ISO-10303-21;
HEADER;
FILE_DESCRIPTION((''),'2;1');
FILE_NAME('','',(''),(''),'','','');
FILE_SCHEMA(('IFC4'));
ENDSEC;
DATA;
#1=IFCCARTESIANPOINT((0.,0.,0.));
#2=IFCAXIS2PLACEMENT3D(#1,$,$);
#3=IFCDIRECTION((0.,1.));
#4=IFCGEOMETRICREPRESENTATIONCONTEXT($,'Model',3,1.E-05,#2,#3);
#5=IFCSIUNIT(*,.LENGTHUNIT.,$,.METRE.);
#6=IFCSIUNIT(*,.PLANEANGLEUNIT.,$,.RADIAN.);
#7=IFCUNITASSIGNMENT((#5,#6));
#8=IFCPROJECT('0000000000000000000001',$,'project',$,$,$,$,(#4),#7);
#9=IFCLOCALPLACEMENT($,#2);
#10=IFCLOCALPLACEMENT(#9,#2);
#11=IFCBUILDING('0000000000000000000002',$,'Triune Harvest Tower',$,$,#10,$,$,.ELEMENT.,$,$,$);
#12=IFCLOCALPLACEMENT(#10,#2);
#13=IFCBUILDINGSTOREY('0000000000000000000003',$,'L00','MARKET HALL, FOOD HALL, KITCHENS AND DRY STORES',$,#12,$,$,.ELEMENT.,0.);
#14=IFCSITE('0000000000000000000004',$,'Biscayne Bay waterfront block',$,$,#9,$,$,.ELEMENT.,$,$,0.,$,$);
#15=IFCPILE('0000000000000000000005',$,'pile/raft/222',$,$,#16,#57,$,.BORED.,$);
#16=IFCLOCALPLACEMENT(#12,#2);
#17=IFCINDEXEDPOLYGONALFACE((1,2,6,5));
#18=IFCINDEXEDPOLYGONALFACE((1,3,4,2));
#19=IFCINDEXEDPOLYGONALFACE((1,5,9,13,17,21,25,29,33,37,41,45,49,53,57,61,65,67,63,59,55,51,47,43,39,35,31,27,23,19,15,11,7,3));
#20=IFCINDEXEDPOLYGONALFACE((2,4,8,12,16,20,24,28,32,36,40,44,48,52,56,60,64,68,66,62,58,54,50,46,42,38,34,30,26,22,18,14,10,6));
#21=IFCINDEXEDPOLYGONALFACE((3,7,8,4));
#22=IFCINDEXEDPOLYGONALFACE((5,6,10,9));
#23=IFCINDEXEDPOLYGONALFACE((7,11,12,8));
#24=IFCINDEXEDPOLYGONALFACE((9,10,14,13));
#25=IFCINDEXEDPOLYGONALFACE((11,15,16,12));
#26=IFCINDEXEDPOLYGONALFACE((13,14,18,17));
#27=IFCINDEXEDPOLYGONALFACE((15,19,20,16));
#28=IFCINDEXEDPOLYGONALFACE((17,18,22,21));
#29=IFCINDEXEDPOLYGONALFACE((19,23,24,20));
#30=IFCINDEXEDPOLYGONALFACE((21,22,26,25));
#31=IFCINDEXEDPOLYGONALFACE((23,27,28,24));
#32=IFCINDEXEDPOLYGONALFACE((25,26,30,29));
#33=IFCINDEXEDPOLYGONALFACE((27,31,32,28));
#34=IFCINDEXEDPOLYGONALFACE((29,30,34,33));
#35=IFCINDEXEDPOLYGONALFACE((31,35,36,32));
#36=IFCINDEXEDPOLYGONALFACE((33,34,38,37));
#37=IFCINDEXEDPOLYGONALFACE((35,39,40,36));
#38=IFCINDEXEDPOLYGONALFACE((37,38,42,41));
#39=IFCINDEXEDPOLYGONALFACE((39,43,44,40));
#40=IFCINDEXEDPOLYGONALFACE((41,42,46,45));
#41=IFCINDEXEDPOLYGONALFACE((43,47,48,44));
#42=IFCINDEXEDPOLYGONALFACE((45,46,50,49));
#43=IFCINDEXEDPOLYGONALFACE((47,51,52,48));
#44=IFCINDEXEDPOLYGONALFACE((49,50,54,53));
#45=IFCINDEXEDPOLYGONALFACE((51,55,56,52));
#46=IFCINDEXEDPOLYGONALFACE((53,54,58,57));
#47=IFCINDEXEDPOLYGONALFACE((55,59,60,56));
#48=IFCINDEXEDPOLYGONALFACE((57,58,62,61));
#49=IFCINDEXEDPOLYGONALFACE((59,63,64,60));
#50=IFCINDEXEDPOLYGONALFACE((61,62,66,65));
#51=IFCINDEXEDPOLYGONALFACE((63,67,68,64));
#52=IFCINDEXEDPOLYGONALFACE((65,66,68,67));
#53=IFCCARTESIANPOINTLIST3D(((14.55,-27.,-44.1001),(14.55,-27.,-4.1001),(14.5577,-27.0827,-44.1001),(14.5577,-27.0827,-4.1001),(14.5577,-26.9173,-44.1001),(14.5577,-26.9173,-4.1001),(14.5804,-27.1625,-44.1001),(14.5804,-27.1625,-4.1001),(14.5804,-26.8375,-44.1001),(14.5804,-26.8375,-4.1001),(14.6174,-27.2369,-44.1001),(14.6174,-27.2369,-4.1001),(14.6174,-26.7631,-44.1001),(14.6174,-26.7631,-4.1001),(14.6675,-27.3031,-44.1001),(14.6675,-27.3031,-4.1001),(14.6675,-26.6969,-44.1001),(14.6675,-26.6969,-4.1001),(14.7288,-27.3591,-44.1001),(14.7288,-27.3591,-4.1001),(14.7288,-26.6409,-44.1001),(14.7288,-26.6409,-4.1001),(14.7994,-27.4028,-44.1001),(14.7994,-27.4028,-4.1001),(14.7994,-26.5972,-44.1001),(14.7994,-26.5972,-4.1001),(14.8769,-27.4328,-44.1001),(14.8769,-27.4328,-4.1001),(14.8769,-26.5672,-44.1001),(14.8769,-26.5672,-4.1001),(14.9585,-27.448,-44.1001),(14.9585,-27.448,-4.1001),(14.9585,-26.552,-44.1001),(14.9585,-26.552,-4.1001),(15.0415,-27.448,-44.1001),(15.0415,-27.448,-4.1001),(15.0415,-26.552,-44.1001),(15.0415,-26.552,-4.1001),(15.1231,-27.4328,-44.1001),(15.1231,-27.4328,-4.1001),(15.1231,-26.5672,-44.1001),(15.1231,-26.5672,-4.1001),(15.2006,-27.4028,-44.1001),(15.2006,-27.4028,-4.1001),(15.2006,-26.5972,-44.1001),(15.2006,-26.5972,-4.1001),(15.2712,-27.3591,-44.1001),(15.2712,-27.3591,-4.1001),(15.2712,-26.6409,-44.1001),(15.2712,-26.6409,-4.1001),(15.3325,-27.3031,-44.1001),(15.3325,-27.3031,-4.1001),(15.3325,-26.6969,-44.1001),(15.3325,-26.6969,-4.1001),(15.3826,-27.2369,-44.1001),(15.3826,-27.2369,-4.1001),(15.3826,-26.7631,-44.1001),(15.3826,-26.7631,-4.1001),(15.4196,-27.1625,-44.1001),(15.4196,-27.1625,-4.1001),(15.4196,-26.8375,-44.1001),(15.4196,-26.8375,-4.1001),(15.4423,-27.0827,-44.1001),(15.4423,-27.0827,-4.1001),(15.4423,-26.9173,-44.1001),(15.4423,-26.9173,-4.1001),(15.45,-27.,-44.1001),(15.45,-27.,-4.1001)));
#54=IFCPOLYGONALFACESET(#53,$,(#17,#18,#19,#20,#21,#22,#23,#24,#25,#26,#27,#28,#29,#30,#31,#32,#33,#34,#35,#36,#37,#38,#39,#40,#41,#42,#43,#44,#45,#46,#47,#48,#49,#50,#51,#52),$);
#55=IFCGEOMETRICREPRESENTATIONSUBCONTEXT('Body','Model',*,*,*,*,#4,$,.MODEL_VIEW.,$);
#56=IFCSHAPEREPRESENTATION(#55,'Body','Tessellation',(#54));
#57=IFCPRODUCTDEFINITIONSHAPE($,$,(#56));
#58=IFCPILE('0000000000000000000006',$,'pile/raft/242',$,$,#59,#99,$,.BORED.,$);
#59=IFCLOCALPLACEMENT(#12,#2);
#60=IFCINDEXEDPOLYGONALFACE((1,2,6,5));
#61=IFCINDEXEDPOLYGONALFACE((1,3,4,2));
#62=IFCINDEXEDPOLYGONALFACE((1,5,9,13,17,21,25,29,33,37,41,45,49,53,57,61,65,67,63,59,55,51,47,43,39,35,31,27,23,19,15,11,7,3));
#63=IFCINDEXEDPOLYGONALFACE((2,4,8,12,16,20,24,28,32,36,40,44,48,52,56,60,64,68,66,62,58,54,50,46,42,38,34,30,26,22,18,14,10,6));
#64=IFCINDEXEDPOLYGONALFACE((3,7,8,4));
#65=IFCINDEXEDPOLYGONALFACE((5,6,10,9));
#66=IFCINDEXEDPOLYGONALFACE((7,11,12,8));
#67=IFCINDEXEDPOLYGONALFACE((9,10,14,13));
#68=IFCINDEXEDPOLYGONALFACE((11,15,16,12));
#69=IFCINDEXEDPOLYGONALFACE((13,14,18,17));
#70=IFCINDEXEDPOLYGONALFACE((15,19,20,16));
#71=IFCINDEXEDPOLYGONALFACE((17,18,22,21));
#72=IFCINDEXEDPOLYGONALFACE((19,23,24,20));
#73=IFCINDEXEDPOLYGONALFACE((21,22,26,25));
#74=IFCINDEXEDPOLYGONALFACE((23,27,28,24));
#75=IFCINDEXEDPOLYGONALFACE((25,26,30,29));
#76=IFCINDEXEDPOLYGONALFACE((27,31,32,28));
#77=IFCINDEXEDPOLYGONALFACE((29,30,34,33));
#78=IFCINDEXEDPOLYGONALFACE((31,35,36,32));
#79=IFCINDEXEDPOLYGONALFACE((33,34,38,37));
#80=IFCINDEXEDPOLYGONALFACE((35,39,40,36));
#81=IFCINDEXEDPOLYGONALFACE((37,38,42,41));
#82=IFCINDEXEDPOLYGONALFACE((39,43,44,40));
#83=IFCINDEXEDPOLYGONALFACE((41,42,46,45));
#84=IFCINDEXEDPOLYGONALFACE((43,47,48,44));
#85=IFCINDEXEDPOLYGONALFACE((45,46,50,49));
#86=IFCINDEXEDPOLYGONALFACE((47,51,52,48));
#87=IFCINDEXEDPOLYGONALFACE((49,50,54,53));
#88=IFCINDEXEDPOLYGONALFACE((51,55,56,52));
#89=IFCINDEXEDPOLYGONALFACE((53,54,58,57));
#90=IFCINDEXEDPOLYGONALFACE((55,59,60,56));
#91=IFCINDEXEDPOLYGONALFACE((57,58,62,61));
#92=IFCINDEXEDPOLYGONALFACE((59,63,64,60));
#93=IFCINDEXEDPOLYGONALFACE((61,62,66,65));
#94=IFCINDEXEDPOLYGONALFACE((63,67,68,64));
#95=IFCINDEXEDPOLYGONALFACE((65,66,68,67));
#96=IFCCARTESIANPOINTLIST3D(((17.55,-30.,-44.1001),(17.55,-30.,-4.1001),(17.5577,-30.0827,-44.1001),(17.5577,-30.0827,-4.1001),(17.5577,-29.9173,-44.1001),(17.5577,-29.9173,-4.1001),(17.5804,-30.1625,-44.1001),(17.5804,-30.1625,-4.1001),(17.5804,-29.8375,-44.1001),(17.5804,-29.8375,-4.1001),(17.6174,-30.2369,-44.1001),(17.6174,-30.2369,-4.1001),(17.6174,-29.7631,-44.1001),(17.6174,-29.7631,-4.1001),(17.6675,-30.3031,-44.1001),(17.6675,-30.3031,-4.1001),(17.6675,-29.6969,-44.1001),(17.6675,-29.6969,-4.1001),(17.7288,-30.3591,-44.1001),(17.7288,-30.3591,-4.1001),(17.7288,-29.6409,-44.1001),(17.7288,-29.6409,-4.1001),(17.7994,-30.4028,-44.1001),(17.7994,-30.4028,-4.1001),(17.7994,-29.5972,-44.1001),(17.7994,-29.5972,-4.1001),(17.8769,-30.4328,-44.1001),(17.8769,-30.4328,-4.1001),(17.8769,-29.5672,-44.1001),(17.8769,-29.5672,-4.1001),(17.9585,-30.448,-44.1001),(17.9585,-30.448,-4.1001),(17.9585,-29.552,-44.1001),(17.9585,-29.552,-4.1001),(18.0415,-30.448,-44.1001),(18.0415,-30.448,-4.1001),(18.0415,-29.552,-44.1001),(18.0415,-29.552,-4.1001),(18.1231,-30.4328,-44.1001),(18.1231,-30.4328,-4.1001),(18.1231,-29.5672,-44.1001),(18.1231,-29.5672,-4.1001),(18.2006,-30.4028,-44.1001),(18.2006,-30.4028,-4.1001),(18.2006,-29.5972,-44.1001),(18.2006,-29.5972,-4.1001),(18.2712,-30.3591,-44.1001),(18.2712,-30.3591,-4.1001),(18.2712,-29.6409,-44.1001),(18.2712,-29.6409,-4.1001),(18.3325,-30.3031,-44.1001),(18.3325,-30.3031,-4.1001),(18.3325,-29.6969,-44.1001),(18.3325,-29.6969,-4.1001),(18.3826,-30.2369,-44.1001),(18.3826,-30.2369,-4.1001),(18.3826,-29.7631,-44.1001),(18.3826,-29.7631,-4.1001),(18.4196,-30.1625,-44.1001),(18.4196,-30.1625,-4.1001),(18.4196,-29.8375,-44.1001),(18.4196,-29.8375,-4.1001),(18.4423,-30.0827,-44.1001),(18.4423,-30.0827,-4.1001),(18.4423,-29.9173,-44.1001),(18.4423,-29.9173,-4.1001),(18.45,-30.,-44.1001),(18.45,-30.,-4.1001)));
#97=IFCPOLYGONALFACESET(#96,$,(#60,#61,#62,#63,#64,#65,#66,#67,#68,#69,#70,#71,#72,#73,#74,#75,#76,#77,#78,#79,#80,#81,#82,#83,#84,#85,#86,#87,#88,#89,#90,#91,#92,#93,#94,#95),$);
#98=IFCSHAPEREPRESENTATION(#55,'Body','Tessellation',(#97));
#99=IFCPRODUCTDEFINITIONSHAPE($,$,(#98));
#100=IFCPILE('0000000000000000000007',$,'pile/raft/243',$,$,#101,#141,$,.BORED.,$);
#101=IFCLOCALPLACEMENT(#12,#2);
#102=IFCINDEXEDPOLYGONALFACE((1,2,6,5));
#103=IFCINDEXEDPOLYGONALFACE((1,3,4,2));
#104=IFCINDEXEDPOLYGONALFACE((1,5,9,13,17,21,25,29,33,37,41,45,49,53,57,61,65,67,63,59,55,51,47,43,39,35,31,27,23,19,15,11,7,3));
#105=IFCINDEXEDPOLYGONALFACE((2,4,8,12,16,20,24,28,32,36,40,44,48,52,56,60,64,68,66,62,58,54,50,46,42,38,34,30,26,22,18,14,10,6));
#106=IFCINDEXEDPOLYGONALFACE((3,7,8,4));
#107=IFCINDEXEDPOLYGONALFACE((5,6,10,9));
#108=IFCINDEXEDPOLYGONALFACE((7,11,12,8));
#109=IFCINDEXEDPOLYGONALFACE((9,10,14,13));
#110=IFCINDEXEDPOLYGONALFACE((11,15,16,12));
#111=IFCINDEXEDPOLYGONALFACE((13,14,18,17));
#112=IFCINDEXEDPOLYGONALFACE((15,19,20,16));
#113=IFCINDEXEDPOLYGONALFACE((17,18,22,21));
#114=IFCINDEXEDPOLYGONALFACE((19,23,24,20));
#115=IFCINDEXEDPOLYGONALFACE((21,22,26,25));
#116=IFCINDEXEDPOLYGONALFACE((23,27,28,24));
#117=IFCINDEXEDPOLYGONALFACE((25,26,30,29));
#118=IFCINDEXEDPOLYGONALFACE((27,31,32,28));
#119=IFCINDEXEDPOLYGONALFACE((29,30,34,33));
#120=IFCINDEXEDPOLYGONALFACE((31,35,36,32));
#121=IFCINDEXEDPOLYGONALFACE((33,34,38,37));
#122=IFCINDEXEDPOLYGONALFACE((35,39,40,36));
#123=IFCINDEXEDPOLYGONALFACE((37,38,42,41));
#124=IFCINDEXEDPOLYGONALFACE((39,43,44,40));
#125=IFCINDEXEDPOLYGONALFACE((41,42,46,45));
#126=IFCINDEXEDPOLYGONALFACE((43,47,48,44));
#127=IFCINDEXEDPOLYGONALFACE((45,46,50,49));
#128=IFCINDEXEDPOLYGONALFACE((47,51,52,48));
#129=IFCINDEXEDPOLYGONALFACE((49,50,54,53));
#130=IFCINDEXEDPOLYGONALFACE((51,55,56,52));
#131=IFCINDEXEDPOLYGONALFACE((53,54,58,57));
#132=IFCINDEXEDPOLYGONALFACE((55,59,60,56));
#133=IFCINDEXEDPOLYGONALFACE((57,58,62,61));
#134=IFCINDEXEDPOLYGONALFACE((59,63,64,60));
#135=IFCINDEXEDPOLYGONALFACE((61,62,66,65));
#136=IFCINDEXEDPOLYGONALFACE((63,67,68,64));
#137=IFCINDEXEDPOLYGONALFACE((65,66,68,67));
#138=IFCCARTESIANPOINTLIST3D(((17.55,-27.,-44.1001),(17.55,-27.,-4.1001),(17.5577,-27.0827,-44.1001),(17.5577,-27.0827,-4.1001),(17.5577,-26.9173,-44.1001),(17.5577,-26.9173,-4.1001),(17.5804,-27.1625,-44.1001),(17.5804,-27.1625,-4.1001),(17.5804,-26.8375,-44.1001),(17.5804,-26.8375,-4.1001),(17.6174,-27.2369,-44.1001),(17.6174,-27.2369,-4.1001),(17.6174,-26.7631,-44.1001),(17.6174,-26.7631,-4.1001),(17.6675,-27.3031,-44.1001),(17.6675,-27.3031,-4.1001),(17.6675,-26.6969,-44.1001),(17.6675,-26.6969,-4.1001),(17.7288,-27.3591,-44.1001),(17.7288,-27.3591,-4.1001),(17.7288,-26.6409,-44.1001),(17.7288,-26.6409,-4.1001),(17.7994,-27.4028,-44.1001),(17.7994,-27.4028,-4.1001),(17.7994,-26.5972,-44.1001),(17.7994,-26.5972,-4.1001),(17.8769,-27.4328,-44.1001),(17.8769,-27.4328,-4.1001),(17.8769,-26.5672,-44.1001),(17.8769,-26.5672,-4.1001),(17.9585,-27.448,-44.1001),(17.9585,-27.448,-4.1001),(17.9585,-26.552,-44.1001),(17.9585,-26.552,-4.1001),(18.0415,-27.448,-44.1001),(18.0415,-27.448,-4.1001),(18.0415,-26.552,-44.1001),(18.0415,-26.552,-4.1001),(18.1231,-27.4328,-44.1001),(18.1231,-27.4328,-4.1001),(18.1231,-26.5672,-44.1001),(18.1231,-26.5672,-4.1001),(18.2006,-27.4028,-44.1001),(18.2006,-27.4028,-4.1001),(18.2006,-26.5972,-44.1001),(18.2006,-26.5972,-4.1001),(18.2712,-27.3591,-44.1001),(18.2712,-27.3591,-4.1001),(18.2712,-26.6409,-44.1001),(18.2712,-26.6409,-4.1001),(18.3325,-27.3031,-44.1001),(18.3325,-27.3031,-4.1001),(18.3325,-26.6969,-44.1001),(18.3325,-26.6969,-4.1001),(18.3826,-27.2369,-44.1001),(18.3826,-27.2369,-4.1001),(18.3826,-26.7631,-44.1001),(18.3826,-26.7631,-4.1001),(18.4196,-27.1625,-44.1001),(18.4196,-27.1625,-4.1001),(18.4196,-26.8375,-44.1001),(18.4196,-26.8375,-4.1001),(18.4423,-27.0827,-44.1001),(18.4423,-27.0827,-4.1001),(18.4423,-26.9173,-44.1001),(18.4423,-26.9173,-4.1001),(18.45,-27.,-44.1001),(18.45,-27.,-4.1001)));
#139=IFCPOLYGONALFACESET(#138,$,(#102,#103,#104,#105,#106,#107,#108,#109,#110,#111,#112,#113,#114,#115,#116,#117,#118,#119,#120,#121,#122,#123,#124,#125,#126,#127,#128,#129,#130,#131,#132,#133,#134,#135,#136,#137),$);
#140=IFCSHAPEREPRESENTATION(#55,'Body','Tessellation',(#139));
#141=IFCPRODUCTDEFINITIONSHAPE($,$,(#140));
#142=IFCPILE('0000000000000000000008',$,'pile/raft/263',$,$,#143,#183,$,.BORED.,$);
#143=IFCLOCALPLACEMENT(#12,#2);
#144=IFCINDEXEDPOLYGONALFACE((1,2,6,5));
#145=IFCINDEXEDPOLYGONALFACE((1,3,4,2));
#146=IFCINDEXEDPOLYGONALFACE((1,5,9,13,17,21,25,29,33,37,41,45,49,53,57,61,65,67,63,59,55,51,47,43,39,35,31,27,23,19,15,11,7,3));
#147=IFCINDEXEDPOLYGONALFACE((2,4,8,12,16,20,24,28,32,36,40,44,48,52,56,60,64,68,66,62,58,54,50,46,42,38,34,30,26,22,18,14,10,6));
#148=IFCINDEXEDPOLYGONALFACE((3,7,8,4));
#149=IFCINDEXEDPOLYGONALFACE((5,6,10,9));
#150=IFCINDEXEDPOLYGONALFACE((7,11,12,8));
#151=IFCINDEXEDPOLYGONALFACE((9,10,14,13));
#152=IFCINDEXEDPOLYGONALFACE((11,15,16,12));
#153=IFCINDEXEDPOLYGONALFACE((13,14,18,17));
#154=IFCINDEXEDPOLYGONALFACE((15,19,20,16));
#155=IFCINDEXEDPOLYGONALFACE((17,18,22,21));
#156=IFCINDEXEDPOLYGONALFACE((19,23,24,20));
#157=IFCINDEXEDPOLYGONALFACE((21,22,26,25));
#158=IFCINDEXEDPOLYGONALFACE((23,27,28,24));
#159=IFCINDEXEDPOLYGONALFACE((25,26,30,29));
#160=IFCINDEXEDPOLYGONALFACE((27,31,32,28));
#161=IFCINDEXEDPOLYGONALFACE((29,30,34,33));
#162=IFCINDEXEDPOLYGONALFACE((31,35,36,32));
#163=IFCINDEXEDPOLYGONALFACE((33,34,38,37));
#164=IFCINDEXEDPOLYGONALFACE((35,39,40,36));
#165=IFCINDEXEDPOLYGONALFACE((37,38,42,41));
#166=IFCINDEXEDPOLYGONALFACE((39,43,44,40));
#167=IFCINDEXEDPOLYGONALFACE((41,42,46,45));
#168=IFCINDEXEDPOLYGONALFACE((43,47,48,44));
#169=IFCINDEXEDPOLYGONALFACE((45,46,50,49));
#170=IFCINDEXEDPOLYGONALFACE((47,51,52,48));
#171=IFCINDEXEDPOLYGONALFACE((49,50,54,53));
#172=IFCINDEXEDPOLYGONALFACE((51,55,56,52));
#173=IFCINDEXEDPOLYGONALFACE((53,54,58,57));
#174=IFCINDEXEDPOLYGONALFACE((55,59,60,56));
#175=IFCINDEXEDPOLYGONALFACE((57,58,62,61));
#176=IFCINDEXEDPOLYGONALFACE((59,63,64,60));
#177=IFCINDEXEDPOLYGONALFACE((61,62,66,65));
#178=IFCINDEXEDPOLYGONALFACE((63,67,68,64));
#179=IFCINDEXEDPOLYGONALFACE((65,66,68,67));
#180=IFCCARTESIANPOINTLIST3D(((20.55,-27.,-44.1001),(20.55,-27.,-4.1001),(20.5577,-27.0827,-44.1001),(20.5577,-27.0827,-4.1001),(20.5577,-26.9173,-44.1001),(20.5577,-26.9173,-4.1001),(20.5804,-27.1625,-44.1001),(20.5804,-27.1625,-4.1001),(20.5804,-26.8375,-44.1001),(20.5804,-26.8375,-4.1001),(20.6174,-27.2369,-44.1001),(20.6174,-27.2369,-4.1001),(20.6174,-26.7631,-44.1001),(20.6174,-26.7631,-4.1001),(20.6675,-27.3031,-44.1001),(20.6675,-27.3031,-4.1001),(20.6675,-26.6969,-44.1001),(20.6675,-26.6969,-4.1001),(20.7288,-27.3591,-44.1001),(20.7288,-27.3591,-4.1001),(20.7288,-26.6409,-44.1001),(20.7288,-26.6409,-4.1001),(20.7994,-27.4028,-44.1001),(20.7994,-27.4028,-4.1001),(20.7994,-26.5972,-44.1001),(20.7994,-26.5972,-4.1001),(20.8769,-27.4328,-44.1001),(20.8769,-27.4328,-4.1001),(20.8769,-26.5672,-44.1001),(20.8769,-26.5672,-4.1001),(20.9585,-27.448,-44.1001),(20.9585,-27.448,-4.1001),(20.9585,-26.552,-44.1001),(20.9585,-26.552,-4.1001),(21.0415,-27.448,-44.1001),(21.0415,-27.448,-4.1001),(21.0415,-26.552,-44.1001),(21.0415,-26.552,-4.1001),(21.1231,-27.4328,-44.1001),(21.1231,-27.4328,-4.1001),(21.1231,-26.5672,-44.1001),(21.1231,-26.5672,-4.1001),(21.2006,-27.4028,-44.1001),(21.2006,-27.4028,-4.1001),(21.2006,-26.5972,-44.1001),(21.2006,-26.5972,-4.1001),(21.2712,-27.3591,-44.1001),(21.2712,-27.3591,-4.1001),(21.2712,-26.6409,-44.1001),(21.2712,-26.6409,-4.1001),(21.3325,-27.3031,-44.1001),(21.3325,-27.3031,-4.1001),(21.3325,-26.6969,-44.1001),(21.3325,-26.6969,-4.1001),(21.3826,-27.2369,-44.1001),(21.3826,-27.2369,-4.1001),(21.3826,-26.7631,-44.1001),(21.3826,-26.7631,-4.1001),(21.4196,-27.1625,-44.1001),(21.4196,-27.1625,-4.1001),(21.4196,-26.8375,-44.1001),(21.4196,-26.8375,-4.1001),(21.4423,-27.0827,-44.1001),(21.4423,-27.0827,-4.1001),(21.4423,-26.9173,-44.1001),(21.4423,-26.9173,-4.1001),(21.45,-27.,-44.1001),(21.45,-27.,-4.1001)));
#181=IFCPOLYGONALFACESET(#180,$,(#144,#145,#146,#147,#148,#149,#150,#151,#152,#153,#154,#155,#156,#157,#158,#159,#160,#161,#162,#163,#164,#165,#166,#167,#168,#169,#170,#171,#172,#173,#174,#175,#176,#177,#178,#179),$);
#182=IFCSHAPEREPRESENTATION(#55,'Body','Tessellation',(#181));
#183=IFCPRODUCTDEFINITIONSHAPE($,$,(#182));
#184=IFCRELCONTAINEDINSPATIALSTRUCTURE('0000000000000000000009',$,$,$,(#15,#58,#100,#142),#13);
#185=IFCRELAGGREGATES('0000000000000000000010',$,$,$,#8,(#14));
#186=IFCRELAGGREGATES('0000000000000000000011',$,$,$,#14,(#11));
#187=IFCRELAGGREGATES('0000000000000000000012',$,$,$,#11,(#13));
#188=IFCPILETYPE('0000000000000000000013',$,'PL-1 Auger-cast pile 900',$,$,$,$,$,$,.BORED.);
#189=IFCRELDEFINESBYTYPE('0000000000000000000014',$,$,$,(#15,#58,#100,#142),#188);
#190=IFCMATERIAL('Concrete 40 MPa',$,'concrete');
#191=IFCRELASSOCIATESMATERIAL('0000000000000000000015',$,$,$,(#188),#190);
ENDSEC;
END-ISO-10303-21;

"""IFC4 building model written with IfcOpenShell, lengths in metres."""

from ifc_helpers import new_model, si_unit, direction, frame, origin, origin_2d, place, context, subcontext, project, spatial, circle, extrude, source, transform, mapped, material, material_profile, profile_set, type_object, element, save


model = new_model("IFC4")

# Units and contexts
model_context = context("Model", 3, precision=1e-05, world=origin(), true_north=direction((0.0, 1.0)))
body_context = subcontext(model_context, "Body", "Model", "MODEL_VIEW")
ifc_project = project(units=[si_unit("LENGTHUNIT", "METRE"), si_unit("PLANEANGLEUNIT", "RADIAN")], contexts=[model_context])

# Site, building, storey
site_placement = place(None, origin())
site = spatial("IfcSite", under=ifc_project, at=site_placement, Name="Biscayne Bay waterfront block", CompositionType="ELEMENT", RefElevation=0.0)
building_placement = place(site_placement, origin())
building = spatial("IfcBuilding", under=site, at=building_placement, Name="Triune Harvest Tower", CompositionType="ELEMENT")
storey_placement = place(building_placement, origin())
storey = spatial("IfcBuildingStorey", under=building, at=storey_placement, Name="L00", Description="MARKET HALL, FOOD HALL, KITCHENS AND DRY STORES", CompositionType="ELEMENT", Elevation=0.0)

# Piles
ifc_material_1 = material(Name="Concrete 40 MPa", Category="concrete")
ifc_material_profile_1 = material_profile(ifc_material_1, circle(Radius=0.45, at=origin_2d()), Name="Bored 900")
ifc_profile_set_1 = profile_set([ifc_material_profile_1], Name="Concrete 40 MPa")
pile_type = type_object("IfcPileType", Name="PL-1 Auger-cast pile 900", PredefinedType="BORED", material=ifc_profile_set_1)
shared_shape_1 = source(origin(), body_context, "Body", "SweptSolid", [
    extrude(circle(Radius=0.45, at=origin_2d()), origin(), (0.0, 0.0, 1.0), 40.0),
])
for number, where, z_axis, x_axis, name in (
    (1, (15.0, -27.0, -4.1001), (0.0, 0.0, -1.0), (1.0, 0.0, 0.0), "pile/raft/222"),
    (2, (18.0, -30.0, -4.1001), (0.0, 0.0, -1.0), (1.0, 0.0, 0.0), "pile/raft/242"),
    (3, (18.0, -27.0, -4.1001), (0.0, 0.0, -1.0), (1.0, 0.0, 0.0), "pile/raft/243"),
    (4, (21.0, -27.0, -4.1001), (0.0, 0.0, -1.0), (1.0, 0.0, 0.0), "pile/raft/263"),
):
    element("IfcPile", number, at=place(storey_placement, frame(where, z_axis=z_axis, x_axis=x_axis)), inside=storey, type_object=pile_type, Name=name, PredefinedType="BORED", context=body_context, shape_type="MappedRepresentation", body=[
        mapped(shared_shape_1, transform((0.0, 0.0, 0.0), scale=1.0)),
    ])

save(model, "model.ifc")
